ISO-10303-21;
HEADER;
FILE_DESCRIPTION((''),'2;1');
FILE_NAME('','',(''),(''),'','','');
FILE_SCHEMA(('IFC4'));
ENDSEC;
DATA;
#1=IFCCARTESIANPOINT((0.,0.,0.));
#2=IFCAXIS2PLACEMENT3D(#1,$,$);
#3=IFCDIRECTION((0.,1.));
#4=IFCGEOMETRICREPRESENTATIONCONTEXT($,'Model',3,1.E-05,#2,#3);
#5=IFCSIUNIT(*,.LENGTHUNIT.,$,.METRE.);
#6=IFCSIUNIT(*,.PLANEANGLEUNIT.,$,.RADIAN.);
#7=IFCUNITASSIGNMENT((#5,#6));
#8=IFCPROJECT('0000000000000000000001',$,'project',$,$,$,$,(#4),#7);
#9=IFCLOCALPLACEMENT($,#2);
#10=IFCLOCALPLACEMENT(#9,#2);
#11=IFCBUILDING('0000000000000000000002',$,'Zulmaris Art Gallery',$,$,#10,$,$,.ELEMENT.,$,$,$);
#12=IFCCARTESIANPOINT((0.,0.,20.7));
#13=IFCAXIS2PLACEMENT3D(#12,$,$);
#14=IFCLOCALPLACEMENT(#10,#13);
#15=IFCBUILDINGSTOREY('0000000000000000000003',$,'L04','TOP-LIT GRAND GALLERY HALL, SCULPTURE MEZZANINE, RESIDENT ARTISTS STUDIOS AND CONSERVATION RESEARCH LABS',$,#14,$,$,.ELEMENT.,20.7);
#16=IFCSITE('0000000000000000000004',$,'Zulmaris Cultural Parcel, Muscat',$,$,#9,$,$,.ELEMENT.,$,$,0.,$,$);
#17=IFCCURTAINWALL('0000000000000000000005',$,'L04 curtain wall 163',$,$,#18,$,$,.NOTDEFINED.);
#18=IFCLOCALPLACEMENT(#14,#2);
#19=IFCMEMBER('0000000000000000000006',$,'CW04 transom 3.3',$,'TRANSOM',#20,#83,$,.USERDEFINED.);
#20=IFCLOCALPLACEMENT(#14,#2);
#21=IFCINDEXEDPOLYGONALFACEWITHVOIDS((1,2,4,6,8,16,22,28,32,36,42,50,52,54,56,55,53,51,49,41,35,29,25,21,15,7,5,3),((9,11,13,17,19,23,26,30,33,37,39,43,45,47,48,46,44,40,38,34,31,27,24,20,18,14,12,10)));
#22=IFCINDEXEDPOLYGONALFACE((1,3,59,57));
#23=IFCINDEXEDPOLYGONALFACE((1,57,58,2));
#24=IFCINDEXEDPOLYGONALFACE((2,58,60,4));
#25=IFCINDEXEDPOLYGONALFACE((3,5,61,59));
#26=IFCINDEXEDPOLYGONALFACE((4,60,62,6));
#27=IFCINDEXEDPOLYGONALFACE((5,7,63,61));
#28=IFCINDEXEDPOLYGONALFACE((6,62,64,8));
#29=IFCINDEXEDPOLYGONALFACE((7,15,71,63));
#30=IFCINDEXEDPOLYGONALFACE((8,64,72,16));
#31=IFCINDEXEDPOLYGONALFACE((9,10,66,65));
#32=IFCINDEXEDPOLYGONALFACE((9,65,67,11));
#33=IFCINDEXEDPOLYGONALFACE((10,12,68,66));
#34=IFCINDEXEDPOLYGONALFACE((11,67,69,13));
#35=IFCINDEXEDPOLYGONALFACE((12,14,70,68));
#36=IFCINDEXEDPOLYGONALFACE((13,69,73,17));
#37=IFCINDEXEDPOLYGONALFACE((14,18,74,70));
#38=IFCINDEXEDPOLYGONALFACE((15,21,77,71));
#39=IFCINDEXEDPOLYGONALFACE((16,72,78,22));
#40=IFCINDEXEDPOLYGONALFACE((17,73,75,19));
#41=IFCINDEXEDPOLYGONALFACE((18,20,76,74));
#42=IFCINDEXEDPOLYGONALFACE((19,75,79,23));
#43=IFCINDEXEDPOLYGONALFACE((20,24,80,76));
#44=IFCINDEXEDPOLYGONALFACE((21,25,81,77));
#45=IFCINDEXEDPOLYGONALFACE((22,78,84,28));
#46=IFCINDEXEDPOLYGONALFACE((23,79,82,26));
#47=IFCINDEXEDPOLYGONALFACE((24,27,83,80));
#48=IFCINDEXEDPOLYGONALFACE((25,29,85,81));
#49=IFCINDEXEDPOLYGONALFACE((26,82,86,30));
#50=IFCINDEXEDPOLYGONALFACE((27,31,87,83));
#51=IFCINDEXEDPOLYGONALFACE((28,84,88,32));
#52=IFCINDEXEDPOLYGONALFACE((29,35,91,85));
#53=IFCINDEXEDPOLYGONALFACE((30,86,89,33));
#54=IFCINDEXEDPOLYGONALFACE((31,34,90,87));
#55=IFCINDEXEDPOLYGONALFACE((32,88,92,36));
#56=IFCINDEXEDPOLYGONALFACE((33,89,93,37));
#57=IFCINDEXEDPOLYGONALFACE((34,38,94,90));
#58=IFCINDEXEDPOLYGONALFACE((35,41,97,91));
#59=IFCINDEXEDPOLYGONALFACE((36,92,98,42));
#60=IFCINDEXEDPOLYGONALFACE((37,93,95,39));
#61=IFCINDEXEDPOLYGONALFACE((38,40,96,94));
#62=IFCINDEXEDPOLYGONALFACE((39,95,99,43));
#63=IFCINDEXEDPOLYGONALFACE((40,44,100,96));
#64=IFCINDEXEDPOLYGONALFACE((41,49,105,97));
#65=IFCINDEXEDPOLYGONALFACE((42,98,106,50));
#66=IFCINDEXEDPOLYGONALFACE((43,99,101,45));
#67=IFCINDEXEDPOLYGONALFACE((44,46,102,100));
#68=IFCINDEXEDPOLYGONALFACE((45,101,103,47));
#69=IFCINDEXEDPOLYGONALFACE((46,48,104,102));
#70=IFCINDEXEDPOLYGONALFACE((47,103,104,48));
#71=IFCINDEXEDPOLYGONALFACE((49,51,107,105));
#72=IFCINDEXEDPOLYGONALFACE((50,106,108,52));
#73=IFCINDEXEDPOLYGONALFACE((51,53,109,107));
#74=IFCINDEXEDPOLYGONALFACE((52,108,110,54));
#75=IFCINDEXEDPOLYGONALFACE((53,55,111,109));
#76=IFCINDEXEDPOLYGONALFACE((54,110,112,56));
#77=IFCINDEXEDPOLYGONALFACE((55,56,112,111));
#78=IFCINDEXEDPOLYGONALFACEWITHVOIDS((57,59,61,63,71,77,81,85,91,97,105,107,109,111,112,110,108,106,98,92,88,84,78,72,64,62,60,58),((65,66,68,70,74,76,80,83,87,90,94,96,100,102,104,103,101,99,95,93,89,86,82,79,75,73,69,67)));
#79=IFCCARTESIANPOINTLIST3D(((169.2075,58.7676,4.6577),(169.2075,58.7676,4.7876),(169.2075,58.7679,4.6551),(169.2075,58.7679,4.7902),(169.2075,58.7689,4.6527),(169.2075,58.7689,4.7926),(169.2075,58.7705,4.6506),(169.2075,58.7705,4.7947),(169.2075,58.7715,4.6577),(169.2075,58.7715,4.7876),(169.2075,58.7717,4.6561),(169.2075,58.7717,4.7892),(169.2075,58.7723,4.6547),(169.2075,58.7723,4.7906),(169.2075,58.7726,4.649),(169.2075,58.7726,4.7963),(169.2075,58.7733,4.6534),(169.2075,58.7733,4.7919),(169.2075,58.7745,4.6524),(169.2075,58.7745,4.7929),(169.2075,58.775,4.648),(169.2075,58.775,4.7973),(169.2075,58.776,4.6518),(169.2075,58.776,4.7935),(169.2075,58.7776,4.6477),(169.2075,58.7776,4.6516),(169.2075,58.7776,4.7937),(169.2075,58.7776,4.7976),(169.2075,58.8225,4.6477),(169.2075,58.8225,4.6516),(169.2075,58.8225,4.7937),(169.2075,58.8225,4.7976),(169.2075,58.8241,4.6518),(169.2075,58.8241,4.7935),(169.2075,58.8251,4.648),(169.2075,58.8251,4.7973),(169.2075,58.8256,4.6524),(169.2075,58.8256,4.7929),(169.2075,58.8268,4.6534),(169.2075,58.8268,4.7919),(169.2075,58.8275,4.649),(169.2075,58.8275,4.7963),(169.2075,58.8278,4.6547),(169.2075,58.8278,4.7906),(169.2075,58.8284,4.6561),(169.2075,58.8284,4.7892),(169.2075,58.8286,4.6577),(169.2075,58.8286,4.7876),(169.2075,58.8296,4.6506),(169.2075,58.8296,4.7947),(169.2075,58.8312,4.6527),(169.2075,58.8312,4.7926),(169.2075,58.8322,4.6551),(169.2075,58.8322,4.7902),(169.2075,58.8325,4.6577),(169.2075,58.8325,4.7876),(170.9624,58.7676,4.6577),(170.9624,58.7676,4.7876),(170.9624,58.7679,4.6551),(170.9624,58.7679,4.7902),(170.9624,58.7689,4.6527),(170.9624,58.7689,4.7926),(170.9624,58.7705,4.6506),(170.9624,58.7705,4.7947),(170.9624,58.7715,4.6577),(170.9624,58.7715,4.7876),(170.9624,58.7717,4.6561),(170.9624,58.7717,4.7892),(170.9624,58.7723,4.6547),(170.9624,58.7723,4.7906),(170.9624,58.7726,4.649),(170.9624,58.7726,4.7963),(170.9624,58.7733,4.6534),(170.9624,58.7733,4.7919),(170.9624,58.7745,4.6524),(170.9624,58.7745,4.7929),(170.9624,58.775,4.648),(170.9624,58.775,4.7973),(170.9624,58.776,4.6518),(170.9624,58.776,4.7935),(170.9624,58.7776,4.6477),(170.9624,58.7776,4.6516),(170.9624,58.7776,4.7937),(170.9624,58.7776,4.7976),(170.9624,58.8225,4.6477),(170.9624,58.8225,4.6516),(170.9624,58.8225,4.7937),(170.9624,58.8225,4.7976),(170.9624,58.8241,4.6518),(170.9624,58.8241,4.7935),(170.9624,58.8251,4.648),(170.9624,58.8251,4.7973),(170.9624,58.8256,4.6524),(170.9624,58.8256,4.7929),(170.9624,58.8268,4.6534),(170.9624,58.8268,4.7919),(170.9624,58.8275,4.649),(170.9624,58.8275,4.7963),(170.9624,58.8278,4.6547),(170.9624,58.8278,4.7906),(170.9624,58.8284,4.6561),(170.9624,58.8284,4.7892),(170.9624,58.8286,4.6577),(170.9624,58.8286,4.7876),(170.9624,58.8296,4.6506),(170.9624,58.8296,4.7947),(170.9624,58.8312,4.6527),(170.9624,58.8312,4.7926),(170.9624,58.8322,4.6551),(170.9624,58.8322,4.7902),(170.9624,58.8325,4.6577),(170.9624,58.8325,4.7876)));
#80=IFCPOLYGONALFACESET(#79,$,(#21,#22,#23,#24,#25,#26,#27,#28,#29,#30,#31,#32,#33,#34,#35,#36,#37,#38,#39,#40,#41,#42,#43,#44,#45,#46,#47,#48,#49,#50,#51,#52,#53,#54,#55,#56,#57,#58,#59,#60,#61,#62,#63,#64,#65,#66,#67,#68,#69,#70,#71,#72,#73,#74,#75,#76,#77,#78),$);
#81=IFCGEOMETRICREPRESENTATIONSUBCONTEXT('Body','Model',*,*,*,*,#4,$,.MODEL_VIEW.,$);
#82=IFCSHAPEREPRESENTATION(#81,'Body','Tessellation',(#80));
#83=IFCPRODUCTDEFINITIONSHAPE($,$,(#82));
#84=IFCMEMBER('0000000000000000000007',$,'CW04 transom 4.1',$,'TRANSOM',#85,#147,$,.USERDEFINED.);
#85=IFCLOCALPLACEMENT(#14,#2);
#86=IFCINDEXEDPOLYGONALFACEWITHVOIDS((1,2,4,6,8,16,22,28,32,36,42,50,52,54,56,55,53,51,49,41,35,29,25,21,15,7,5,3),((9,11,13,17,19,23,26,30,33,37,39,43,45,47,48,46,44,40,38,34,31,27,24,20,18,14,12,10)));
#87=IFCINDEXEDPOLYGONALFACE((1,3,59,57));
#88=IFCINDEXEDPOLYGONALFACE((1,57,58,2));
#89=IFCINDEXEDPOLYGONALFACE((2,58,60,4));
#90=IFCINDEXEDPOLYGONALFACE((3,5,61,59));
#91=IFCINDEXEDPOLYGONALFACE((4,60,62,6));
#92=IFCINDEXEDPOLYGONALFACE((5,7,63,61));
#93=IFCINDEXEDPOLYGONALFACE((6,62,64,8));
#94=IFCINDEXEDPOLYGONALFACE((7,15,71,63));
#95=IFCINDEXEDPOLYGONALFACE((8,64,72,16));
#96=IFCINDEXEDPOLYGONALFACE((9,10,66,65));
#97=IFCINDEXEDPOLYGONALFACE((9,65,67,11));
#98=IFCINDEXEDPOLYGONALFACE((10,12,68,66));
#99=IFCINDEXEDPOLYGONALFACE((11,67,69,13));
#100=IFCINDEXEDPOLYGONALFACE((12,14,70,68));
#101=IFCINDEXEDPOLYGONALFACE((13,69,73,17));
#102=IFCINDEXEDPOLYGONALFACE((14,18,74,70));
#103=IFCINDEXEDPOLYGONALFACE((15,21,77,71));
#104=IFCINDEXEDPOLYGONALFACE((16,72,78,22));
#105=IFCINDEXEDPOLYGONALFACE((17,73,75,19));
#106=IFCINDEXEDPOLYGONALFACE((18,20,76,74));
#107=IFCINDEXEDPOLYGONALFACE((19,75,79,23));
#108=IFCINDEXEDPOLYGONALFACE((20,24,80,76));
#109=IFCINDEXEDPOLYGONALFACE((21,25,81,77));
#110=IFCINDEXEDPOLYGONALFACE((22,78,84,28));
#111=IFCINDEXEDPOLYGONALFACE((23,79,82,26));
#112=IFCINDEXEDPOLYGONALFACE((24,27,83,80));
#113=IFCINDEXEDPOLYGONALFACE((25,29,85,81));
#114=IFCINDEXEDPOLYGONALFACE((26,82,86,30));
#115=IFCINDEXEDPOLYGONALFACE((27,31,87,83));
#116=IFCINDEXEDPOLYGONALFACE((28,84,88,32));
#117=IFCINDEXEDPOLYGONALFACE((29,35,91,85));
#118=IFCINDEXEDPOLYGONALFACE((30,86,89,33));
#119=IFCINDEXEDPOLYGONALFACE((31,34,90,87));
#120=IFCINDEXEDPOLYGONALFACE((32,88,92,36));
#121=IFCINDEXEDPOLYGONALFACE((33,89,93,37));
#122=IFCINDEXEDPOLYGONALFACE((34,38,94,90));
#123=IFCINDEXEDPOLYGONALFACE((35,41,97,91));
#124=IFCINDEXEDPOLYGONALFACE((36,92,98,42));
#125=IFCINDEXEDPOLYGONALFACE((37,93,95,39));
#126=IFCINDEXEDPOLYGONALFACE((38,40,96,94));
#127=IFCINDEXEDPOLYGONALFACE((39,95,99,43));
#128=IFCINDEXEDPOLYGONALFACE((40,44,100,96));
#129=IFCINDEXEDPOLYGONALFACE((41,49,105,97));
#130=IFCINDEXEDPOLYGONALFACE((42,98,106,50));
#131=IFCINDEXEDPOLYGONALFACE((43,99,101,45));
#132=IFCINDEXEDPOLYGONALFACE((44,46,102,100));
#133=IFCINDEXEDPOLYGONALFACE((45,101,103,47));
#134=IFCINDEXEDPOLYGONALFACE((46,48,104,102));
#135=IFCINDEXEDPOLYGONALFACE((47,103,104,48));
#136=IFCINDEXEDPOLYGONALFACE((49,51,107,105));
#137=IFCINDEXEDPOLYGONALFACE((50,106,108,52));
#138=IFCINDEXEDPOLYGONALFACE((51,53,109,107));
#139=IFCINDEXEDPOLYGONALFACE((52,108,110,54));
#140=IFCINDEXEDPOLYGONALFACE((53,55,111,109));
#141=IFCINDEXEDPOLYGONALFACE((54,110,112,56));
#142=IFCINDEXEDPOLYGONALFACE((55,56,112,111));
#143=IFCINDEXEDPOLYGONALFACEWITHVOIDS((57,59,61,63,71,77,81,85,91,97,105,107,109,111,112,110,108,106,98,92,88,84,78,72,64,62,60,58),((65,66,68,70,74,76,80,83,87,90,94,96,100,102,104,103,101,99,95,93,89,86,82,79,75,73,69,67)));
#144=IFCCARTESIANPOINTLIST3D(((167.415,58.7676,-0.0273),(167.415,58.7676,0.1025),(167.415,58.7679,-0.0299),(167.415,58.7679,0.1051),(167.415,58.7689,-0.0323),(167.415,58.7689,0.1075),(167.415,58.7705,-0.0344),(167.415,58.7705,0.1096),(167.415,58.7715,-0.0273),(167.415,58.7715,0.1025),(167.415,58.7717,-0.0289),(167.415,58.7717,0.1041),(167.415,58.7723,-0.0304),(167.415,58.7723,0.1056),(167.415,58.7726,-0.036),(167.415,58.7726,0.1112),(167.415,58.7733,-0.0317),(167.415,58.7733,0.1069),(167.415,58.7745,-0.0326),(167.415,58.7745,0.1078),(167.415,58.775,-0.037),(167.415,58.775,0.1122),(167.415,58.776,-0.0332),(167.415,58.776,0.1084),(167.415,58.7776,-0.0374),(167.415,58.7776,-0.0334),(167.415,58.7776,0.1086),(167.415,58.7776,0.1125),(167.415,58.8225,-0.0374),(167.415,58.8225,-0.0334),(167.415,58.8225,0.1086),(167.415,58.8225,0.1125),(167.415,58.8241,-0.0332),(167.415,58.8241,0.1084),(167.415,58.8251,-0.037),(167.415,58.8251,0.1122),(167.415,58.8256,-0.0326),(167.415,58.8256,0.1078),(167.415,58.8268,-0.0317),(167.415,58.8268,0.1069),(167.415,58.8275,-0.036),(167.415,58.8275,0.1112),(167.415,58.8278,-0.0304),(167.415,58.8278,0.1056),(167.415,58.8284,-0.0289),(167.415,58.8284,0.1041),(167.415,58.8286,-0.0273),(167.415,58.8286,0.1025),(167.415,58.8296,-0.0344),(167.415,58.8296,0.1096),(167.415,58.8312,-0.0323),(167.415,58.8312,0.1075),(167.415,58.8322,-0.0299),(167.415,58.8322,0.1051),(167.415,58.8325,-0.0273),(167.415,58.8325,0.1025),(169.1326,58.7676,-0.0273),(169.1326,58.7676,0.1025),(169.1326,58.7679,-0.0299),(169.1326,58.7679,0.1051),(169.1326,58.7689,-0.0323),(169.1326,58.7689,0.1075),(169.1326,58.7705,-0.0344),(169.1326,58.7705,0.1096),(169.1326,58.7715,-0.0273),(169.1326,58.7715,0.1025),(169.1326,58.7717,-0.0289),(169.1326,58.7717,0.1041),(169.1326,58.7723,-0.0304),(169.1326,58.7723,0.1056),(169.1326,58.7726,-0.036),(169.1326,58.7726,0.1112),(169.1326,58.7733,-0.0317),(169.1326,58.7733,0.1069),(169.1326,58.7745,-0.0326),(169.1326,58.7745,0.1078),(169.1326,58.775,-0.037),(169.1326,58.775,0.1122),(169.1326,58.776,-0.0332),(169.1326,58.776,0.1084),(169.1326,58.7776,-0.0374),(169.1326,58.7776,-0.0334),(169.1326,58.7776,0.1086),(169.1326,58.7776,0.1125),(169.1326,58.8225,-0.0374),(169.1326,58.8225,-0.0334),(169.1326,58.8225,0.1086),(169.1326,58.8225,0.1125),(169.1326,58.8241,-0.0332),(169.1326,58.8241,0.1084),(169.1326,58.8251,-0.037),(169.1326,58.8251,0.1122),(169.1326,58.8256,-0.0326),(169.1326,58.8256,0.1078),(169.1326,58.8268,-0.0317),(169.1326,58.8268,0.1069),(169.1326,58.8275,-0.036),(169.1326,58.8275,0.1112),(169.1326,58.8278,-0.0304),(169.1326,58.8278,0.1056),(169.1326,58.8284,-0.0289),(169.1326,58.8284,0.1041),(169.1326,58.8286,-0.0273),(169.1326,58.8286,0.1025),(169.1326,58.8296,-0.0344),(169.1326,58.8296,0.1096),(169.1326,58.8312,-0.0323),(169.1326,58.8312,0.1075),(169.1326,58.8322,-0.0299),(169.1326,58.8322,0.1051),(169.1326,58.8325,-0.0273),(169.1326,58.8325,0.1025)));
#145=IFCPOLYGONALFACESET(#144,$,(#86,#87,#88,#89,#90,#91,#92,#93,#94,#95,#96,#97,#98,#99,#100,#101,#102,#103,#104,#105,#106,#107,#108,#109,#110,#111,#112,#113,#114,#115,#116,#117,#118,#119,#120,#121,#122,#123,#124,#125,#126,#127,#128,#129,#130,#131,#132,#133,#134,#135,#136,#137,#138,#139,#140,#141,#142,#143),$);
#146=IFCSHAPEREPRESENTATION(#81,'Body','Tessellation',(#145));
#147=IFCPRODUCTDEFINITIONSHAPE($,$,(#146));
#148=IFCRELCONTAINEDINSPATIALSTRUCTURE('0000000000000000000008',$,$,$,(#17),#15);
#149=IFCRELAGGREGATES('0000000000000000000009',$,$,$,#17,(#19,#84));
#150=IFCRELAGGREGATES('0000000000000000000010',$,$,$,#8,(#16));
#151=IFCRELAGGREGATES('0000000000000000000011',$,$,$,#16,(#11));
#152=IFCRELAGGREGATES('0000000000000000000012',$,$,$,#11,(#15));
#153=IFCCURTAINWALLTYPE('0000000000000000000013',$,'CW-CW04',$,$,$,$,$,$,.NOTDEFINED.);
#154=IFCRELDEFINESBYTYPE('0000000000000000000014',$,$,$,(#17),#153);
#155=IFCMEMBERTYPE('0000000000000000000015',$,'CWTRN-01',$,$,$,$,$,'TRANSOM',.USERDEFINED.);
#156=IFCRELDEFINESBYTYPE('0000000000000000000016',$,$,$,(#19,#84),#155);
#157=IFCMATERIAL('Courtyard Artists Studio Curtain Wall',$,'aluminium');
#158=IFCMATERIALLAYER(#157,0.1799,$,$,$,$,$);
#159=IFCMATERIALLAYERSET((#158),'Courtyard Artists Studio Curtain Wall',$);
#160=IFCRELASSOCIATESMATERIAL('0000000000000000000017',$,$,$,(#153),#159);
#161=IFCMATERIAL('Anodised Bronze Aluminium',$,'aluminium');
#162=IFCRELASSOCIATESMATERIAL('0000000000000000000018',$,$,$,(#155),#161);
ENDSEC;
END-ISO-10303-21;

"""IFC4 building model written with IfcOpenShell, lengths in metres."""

from ifc_helpers import new_model, si_unit, direction, frame, origin, origin_2d, place, context, subcontext, project, spatial, hollow_rectangle, extrude, material, layer, layer_set, material_profile, profile_set, type_object, element, aggregate, save


model = new_model("IFC4")

# Units and contexts
model_context = context("Model", 3, precision=1e-05, world=origin(), true_north=direction((0.0, 1.0)))
body_context = subcontext(model_context, "Body", "Model", "MODEL_VIEW")
ifc_project = project(units=[si_unit("LENGTHUNIT", "METRE"), si_unit("PLANEANGLEUNIT", "RADIAN")], contexts=[model_context])

# Site, building, storey
site_placement = place(None, origin())
site = spatial("IfcSite", under=ifc_project, at=site_placement, Name="Zulmaris Cultural Parcel, Muscat", CompositionType="ELEMENT", RefElevation=0.0)
building_placement = place(site_placement, origin())
building = spatial("IfcBuilding", under=site, at=building_placement, Name="Zulmaris Art Gallery", CompositionType="ELEMENT")
storey_placement = place(building_placement, frame((0.0, 0.0, 20.7)))
storey = spatial("IfcBuildingStorey", under=building, at=storey_placement, Name="L04", Description="TOP-LIT GRAND GALLERY HALL, SCULPTURE MEZZANINE, RESIDENT ARTISTS STUDIOS AND CONSERVATION RESEARCH LABS", CompositionType="ELEMENT", Elevation=20.7)

# Shared definitions
ifc_material_1 = material(Name="Courtyard Artists Studio Curtain Wall", Category="aluminium")
ifc_layer_1 = layer(ifc_material_1, 0.1799)
ifc_layer_set_1 = layer_set([ifc_layer_1], Name="Courtyard Artists Studio Curtain Wall")
curtain_wall_type = type_object("IfcCurtainWallType", Name="CW-CW04", PredefinedType="NOTDEFINED", material=ifc_layer_set_1)
ifc_material_2 = material(Name="Anodised Bronze Aluminium", Category="aluminium")

# Curtain wall
curtain_wall_1_placement = place(storey_placement, origin())
curtain_wall_1 = element("IfcCurtainWall", 1, at=curtain_wall_1_placement, inside=storey, type_object=curtain_wall_type, Name="L04 curtain wall 163", PredefinedType="NOTDEFINED")

# Members
ifc_material_profile_1 = material_profile(ifc_material_2, hollow_rectangle(XDim=0.0649, YDim=0.1499, WallThickness=0.0039, InnerFilletRadius=0.0061, OuterFilletRadius=0.01, at=origin_2d()), Name="ALU 65x150x4")
ifc_profile_set_1 = profile_set([ifc_material_profile_1], Name="Anodised Bronze Aluminium")
member_type_1 = type_object("IfcMemberType", Name="CWTRN-01", ElementType="TRANSOM", PredefinedType="USERDEFINED", material=ifc_profile_set_1)
member_1_placement = place(storey_placement, frame((170.9624, 58.8, 4.7227), z_axis=(-1.0, 0.0, 0.0), x_axis=(0.0, -1.0, 0.0)))
member_1 = element("IfcMember", 2, at=member_1_placement, type_object=member_type_1, Name="CW04 transom 3.3", ObjectType="TRANSOM", PredefinedType="USERDEFINED", context=body_context, shape_type="SweptSolid", body=[
    extrude(hollow_rectangle(XDim=0.0649, YDim=0.1499, WallThickness=0.0039, InnerFilletRadius=0.0061, OuterFilletRadius=0.01, at=origin_2d()), origin(), (0.0, 0.0, 1.0), 1.7549),
])
member_2_placement = place(storey_placement, frame((169.1326, 58.8, 0.0376), z_axis=(-1.0, 0.0, 0.0), x_axis=(0.0, -1.0, 0.0)))
member_2 = element("IfcMember", 3, at=member_2_placement, type_object=member_type_1, Name="CW04 transom 4.1", ObjectType="TRANSOM", PredefinedType="USERDEFINED", context=body_context, shape_type="SweptSolid", body=[
    extrude(hollow_rectangle(XDim=0.0649, YDim=0.1499, WallThickness=0.0039, InnerFilletRadius=0.0061, OuterFilletRadius=0.01, at=origin_2d()), origin(), (0.0, 0.0, 1.0), 1.7175),
])

aggregate(curtain_wall_1, [member_1, member_2])

save(model, "model.ifc")
